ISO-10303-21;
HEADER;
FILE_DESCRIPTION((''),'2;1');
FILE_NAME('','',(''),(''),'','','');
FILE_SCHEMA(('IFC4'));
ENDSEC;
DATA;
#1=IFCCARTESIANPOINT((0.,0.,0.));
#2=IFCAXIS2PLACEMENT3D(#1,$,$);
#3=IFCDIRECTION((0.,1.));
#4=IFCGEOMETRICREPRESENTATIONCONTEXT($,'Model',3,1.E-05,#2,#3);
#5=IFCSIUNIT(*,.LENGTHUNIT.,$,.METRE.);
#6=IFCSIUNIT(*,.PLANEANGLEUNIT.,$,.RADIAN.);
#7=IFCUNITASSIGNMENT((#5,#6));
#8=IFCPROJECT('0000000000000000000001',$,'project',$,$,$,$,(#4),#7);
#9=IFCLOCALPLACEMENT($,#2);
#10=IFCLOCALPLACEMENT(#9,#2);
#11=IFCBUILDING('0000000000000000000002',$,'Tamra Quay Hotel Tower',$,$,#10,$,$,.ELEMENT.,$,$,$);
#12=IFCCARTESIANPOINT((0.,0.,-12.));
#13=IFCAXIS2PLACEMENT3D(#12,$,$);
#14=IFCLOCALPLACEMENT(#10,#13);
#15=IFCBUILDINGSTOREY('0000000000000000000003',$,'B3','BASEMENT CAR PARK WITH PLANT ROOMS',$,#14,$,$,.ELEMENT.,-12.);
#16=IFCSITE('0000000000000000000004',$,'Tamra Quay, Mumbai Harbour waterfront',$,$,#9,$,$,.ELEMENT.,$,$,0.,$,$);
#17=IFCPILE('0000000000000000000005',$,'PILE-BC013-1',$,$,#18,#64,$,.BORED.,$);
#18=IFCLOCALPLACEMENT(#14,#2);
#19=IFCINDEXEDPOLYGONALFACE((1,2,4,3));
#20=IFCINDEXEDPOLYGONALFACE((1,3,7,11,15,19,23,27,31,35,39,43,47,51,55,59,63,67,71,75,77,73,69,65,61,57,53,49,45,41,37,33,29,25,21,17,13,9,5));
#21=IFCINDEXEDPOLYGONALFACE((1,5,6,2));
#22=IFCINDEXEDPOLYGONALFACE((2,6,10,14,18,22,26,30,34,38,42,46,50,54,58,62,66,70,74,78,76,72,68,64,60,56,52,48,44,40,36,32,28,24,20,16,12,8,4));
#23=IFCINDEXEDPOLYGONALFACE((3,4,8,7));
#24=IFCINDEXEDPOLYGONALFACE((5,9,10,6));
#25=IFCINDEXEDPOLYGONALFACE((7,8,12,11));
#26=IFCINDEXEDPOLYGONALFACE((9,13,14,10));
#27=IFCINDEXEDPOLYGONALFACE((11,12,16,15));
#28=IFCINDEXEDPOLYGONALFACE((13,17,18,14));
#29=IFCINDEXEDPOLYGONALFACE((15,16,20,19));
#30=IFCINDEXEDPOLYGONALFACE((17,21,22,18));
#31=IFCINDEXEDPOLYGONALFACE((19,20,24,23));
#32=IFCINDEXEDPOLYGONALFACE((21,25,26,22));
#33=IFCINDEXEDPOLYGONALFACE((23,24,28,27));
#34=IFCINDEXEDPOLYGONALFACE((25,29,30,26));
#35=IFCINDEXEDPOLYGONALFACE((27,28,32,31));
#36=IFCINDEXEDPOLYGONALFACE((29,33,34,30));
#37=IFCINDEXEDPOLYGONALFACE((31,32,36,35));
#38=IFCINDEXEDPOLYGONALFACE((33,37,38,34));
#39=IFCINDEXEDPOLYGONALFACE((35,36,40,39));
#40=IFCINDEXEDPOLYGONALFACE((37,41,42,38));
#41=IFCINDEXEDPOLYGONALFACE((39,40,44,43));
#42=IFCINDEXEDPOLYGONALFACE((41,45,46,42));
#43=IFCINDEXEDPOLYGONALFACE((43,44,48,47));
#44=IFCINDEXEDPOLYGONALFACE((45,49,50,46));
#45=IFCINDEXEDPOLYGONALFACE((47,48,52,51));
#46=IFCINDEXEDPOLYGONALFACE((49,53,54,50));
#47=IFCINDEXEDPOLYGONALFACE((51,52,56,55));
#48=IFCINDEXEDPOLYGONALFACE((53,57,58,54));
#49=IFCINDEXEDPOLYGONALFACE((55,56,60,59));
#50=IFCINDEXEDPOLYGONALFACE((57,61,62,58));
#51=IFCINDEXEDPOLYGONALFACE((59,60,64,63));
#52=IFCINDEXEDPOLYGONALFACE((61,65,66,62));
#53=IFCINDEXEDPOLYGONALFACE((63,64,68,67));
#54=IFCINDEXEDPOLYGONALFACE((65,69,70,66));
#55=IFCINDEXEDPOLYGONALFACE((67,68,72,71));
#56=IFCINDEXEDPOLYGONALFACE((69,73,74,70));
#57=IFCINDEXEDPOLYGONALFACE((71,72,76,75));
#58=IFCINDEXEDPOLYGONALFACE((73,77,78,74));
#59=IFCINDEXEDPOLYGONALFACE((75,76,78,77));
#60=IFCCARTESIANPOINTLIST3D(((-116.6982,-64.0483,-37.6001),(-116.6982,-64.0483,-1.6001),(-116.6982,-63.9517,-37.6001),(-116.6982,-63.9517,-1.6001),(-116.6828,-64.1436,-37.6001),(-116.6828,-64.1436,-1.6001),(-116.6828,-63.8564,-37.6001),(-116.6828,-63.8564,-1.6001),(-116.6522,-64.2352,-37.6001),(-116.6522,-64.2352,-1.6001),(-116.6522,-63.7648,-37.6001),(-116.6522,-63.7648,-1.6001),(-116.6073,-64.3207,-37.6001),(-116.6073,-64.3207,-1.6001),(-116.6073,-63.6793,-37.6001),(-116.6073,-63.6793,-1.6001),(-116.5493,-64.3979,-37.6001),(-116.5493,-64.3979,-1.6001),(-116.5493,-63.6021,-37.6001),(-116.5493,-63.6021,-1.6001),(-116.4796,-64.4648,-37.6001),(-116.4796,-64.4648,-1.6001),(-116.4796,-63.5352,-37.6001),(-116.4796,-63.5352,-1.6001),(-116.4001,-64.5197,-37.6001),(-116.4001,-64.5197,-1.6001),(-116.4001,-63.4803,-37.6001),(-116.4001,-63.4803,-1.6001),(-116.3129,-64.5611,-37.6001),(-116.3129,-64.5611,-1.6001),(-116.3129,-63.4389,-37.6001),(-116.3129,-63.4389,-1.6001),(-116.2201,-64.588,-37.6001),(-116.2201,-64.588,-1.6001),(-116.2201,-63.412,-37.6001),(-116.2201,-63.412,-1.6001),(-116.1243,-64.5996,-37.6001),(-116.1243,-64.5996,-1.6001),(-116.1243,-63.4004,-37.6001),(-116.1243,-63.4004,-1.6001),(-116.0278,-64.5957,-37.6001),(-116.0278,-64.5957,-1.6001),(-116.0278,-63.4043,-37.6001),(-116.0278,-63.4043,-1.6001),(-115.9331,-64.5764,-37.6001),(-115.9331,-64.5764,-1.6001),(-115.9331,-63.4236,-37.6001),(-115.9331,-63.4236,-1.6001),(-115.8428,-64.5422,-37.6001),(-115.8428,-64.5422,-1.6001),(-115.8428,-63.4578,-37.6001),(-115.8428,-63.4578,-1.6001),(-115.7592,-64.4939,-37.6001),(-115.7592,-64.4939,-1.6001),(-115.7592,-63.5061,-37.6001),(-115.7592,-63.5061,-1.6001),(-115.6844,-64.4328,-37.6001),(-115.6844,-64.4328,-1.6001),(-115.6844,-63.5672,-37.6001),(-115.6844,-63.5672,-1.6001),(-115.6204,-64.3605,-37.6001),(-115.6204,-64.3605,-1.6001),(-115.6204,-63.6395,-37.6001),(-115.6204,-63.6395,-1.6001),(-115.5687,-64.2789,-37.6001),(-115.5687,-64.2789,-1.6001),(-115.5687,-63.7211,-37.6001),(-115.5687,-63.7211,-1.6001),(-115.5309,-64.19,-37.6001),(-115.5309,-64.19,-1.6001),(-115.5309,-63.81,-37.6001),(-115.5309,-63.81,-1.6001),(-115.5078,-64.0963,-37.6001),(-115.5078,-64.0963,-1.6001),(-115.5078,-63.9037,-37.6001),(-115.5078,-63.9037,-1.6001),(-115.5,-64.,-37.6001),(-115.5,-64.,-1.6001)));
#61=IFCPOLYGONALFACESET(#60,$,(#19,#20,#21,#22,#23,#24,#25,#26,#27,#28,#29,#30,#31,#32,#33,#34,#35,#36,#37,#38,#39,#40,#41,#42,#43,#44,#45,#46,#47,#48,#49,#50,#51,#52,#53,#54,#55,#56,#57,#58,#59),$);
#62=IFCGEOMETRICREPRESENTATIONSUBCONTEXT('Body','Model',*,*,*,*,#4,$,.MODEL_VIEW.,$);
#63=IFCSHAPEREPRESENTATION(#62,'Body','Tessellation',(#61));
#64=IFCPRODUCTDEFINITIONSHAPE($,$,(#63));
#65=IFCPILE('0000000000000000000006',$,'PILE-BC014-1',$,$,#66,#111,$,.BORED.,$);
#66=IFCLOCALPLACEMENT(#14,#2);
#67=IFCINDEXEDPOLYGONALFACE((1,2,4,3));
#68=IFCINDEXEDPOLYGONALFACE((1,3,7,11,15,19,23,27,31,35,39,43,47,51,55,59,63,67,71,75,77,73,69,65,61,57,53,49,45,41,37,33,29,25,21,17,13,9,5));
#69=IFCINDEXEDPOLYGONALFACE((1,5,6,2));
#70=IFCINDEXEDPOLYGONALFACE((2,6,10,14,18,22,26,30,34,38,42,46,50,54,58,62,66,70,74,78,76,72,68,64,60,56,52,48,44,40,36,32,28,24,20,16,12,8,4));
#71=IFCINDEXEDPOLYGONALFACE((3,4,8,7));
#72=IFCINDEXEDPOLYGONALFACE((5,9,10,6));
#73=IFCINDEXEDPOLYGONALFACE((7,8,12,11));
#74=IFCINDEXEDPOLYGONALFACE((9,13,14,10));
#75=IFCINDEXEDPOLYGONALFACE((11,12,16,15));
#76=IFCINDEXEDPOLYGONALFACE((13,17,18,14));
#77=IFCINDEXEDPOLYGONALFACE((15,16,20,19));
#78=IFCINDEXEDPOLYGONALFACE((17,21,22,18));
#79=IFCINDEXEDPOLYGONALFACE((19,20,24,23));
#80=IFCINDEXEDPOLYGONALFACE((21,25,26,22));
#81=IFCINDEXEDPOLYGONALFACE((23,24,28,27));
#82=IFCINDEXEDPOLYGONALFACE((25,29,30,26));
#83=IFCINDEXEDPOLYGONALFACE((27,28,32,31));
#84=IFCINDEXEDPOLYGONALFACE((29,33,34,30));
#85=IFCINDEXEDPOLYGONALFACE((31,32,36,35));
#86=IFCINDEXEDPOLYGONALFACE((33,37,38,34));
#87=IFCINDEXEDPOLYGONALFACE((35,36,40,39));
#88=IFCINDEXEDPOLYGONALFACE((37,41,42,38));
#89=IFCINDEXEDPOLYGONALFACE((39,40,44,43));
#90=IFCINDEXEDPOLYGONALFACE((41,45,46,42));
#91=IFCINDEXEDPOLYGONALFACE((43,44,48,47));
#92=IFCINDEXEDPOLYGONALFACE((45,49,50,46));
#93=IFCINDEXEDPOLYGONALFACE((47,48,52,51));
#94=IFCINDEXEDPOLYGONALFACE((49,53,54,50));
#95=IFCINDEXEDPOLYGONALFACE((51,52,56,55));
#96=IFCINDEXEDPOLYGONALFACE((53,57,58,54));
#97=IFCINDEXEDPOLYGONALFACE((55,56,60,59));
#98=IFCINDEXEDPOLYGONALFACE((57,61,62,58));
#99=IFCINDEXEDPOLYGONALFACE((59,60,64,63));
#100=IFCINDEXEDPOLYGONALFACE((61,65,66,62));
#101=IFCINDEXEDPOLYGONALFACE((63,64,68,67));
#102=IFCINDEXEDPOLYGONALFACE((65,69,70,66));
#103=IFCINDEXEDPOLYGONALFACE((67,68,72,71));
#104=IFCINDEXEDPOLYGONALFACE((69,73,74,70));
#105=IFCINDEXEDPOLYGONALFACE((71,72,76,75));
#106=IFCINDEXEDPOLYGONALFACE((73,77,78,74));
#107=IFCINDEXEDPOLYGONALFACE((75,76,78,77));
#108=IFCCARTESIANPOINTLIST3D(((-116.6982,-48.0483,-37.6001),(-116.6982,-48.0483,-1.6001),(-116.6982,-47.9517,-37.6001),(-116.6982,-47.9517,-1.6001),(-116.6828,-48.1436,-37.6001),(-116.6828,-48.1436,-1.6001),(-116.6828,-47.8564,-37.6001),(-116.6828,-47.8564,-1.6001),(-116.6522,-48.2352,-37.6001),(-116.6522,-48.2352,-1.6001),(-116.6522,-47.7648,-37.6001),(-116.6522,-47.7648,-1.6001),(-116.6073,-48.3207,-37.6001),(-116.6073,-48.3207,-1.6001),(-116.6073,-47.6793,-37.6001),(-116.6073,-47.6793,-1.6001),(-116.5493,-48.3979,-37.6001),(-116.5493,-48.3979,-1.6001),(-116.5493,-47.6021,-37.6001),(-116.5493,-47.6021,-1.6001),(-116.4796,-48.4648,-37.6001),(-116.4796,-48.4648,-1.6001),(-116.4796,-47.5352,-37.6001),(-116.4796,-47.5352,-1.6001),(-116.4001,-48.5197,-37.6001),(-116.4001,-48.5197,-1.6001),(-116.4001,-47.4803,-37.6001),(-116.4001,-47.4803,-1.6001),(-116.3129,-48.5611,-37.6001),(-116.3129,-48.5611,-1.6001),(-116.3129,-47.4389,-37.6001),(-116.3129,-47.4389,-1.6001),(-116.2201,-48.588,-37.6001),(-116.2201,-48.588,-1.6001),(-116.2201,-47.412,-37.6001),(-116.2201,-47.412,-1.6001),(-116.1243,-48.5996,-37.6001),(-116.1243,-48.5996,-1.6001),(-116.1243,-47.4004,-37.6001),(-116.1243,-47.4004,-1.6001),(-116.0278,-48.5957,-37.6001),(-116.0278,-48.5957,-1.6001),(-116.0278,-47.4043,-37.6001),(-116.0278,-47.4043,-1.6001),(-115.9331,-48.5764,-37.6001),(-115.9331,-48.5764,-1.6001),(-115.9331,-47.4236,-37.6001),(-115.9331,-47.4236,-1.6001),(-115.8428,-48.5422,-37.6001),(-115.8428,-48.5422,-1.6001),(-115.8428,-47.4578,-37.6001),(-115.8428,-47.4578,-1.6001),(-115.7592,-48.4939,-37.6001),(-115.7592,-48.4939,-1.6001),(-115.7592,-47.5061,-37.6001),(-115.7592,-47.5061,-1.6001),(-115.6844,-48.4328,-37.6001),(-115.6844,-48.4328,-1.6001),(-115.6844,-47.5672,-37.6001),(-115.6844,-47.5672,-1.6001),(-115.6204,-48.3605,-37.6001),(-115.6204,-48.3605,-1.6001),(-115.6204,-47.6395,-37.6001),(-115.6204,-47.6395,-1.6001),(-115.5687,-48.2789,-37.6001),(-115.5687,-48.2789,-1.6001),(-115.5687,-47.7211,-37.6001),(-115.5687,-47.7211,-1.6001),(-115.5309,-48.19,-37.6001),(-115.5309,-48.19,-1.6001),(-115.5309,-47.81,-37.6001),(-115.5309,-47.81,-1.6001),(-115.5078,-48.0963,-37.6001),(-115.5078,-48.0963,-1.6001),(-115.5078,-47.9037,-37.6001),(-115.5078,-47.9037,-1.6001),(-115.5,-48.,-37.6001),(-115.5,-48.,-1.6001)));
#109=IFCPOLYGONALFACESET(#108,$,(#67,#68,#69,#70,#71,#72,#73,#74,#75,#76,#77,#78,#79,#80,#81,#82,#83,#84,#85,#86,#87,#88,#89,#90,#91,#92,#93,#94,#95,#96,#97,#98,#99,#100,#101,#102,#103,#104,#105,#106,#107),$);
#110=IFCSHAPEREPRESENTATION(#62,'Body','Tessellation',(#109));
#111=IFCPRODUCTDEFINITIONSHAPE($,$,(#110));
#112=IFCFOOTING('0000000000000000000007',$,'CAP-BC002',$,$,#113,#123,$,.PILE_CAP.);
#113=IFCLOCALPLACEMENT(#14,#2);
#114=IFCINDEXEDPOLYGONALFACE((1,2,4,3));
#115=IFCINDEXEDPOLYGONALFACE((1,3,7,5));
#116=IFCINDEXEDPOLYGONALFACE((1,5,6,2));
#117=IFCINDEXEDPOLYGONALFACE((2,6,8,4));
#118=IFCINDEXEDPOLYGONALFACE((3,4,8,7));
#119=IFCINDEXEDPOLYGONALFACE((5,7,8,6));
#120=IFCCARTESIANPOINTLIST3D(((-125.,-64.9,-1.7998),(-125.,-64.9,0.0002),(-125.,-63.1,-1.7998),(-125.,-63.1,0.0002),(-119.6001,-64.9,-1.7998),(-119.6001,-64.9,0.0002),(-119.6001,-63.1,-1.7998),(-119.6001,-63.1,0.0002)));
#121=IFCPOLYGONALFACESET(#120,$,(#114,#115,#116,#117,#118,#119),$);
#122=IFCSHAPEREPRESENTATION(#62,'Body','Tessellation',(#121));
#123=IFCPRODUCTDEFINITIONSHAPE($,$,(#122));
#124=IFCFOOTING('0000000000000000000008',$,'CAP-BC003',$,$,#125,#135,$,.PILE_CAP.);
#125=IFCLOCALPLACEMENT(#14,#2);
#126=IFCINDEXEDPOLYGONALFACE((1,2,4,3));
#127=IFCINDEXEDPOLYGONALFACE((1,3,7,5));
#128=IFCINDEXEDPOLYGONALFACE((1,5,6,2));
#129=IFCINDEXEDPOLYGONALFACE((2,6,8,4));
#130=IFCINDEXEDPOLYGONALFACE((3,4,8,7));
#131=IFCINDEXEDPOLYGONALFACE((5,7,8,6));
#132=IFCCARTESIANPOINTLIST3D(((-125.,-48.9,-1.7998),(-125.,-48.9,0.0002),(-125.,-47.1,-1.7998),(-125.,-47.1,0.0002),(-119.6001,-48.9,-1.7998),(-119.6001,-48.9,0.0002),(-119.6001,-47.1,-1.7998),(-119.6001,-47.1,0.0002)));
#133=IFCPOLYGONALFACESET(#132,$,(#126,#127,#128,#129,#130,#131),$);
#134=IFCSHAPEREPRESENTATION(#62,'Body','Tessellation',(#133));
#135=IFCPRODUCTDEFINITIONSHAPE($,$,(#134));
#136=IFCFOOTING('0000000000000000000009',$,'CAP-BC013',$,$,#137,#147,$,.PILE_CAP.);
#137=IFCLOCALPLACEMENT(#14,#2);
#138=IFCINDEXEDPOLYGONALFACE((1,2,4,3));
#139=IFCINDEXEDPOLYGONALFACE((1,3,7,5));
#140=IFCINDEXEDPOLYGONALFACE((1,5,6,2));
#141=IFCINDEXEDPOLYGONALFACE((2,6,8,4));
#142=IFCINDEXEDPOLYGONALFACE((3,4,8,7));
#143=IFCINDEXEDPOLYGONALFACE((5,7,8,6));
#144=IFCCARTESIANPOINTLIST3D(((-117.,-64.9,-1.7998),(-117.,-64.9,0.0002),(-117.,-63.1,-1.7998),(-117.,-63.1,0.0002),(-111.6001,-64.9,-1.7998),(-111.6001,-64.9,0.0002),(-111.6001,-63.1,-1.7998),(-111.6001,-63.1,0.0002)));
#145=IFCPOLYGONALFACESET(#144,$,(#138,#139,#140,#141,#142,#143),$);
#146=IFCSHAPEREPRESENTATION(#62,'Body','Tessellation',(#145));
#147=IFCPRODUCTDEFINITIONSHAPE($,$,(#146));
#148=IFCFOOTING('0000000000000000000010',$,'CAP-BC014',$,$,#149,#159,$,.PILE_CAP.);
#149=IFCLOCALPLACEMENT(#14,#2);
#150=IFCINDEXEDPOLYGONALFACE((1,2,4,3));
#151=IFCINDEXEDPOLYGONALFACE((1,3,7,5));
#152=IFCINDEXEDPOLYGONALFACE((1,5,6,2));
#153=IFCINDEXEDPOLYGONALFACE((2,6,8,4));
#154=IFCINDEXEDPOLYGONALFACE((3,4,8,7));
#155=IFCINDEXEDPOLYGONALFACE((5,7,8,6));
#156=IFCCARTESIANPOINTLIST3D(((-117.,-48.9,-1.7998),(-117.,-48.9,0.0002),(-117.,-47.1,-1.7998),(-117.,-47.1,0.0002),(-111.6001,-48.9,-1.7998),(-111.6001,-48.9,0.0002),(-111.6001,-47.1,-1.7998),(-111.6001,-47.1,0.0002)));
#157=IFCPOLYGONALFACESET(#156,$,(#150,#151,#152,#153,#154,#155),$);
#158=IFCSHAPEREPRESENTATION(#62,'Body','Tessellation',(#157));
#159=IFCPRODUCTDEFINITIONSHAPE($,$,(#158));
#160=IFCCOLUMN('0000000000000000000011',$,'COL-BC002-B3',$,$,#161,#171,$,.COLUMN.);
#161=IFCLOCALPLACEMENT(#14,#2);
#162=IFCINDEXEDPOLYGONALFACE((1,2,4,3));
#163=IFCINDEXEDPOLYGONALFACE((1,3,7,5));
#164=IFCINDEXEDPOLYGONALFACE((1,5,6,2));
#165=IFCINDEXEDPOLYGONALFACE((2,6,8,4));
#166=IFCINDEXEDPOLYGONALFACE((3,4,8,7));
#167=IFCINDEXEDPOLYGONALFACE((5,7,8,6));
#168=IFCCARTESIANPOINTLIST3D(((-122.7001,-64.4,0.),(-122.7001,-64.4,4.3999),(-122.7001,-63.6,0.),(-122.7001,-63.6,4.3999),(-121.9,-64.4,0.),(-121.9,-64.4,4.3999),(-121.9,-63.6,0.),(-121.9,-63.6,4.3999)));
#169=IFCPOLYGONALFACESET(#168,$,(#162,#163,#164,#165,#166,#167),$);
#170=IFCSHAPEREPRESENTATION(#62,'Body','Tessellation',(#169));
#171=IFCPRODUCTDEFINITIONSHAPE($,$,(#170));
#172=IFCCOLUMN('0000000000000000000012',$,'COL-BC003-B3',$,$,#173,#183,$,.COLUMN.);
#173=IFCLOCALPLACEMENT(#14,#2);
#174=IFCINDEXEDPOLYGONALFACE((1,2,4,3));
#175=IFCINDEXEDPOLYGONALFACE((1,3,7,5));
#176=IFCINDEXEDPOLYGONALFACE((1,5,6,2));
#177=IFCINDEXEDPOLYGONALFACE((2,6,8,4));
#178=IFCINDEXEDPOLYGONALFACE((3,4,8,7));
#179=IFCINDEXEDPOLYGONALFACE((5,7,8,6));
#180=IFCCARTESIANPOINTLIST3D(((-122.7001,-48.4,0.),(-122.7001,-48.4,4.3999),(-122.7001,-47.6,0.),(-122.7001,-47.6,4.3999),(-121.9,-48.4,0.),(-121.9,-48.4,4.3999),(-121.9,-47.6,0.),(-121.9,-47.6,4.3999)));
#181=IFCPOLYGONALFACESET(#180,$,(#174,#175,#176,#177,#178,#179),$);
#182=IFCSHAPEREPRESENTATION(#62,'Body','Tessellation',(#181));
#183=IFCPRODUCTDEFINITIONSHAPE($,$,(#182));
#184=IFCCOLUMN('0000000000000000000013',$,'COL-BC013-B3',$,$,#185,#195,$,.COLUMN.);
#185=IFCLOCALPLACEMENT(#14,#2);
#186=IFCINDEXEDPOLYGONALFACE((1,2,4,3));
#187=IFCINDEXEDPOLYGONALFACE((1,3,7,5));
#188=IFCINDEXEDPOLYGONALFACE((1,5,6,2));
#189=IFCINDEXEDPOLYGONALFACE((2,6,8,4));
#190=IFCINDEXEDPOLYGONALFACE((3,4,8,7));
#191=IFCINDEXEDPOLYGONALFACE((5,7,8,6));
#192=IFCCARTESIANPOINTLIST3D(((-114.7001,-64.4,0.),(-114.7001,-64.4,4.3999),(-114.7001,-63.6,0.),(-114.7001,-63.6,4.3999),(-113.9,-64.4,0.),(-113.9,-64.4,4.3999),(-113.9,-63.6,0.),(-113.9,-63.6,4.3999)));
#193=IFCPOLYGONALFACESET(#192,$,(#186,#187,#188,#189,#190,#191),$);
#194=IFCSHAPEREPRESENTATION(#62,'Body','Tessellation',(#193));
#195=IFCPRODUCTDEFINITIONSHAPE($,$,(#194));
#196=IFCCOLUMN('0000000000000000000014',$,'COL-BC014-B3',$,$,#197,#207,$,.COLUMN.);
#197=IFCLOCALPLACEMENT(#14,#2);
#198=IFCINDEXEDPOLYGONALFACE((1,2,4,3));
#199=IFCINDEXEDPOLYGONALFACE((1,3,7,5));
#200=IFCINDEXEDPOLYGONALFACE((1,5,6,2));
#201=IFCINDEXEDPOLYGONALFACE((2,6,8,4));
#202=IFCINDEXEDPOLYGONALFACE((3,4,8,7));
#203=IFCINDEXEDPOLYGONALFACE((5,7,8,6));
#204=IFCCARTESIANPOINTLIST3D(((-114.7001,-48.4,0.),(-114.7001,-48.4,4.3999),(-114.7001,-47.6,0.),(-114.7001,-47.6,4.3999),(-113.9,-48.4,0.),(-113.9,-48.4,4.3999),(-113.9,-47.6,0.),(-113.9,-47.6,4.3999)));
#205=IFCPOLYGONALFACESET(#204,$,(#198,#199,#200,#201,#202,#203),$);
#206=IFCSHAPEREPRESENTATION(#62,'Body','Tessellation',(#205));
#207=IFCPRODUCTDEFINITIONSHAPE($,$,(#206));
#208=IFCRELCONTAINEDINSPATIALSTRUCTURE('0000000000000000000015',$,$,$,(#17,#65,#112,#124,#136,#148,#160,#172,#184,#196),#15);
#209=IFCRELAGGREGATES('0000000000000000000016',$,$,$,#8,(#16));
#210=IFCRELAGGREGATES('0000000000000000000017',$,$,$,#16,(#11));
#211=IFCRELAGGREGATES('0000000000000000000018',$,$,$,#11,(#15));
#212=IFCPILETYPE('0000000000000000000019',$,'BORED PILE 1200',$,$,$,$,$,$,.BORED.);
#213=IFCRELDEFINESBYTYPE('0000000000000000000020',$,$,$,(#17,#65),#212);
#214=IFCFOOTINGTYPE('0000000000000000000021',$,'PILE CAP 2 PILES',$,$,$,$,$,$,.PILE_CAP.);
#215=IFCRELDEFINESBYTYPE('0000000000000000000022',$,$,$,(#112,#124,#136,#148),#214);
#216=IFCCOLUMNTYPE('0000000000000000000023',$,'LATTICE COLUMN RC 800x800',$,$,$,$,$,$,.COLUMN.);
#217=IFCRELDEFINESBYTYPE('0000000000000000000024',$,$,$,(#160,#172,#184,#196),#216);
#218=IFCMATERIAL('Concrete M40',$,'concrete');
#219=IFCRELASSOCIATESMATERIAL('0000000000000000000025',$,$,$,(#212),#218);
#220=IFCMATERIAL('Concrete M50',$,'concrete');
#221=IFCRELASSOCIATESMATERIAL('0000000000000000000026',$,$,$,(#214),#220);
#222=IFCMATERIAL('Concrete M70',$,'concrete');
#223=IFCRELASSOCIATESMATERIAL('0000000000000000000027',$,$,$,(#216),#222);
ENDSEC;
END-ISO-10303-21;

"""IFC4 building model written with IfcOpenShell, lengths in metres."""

from ifc_helpers import new_model, si_unit, direction, frame, origin, origin_2d, place, context, subcontext, project, spatial, rectangle, circle, extrude, material, material_profile, profile_set, type_object, element, save


model = new_model("IFC4")

# Units and contexts
model_context = context("Model", 3, precision=1e-05, world=origin(), true_north=direction((0.0, 1.0)))
body_context = subcontext(model_context, "Body", "Model", "MODEL_VIEW")
ifc_project = project(units=[si_unit("LENGTHUNIT", "METRE"), si_unit("PLANEANGLEUNIT", "RADIAN")], contexts=[model_context])

# Site, building, storey
site_placement = place(None, origin())
site = spatial("IfcSite", under=ifc_project, at=site_placement, Name="Tamra Quay, Mumbai Harbour waterfront", CompositionType="ELEMENT", RefElevation=0.0)
building_placement = place(site_placement, origin())
building = spatial("IfcBuilding", under=site, at=building_placement, Name="Tamra Quay Hotel Tower", CompositionType="ELEMENT")
storey_placement = place(building_placement, frame((0.0, 0.0, -12.0)))
storey = spatial("IfcBuildingStorey", under=building, at=storey_placement, Name="B3", Description="BASEMENT CAR PARK WITH PLANT ROOMS", CompositionType="ELEMENT", Elevation=-12.0)

# Piles
ifc_material_1 = material(Name="Concrete M40", Category="concrete")
ifc_material_profile_1 = material_profile(ifc_material_1, circle(Radius=0.6001, at=origin_2d()), Name="BORED PILE 1200")
ifc_profile_set_1 = profile_set([ifc_material_profile_1], Name="Concrete M40")
pile_type = type_object("IfcPileType", Name="BORED PILE 1200", PredefinedType="BORED", material=ifc_profile_set_1)
for number, where, z_axis, x_axis, name in (
    (1, (-116.1001, -64.0, -1.6001), (0.0, 0.0, -1.0), (1.0, 0.0, 0.0), "PILE-BC013-1"),
    (2, (-116.1001, -48.0, -1.6001), (0.0, 0.0, -1.0), (1.0, 0.0, 0.0), "PILE-BC014-1"),
):
    element("IfcPile", number, at=place(storey_placement, frame(where, z_axis=z_axis, x_axis=x_axis)), inside=storey, type_object=pile_type, Name=name, PredefinedType="BORED", context=body_context, shape_type="SweptSolid", body=[
        extrude(circle(Radius=0.6001, at=origin_2d()), origin(), (0.0, 0.0, 1.0), 36.0),
    ])

# Footings
ifc_material_2 = material(Name="Concrete M50", Category="concrete")
footing_type = type_object("IfcFootingType", Name="PILE CAP 2 PILES", PredefinedType="PILE_CAP", material=ifc_material_2)
for number, where, z_axis, x_axis, name in (
    (3, (-122.3, -64.0, -1.7998), (0.0, 0.0, 1.0), (1.0, 0.0, 0.0), "CAP-BC002"),
    (4, (-122.3, -48.0, -1.7998), (0.0, 0.0, 1.0), (1.0, 0.0, 0.0), "CAP-BC003"),
    (5, (-114.3, -64.0, -1.7998), (0.0, 0.0, 1.0), (1.0, 0.0, 0.0), "CAP-BC013"),
    (6, (-114.3, -48.0, -1.7998), (0.0, 0.0, 1.0), (1.0, 0.0, 0.0), "CAP-BC014"),
):
    element("IfcFooting", number, at=place(storey_placement, frame(where, z_axis=z_axis, x_axis=x_axis)), inside=storey, type_object=footing_type, Name=name, PredefinedType="PILE_CAP", context=body_context, shape_type="SweptSolid", body=[
        extrude(rectangle(XDim=5.3999, YDim=1.8, at=origin_2d()), origin(), (0.0, 0.0, 1.0), 1.8),
    ])

# Columns
ifc_material_3 = material(Name="Concrete M70", Category="concrete")
ifc_material_profile_2 = material_profile(ifc_material_3, rectangle(XDim=0.8, YDim=0.8, at=origin_2d()), Name="LATTICE COLUMN RC 800x800")
ifc_profile_set_2 = profile_set([ifc_material_profile_2], Name="Concrete M70")
column_type = type_object("IfcColumnType", Name="LATTICE COLUMN RC 800x800", PredefinedType="COLUMN", material=ifc_profile_set_2)
for number, where, z_axis, x_axis, name in (
    (7, (-122.3, -64.0, 0.0), (0.0, 0.0, 1.0), (1.0, 0.0, 0.0), "COL-BC002-B3"),
    (8, (-122.3, -48.0, 0.0), (0.0, 0.0, 1.0), (1.0, 0.0, 0.0), "COL-BC003-B3"),
    (9, (-114.3, -64.0, 0.0), (0.0, 0.0, 1.0), (1.0, 0.0, 0.0), "COL-BC013-B3"),
    (10, (-114.3, -48.0, 0.0), (0.0, 0.0, 1.0), (1.0, 0.0, 0.0), "COL-BC014-B3"),
):
    element("IfcColumn", number, at=place(storey_placement, frame(where, z_axis=z_axis, x_axis=x_axis)), inside=storey, type_object=column_type, Name=name, PredefinedType="COLUMN", context=body_context, shape_type="SweptSolid", body=[
        extrude(rectangle(XDim=0.8, YDim=0.8, at=origin_2d()), origin(), (0.0, 0.0, 1.0), 4.3999),
    ])

save(model, "model.ifc")
